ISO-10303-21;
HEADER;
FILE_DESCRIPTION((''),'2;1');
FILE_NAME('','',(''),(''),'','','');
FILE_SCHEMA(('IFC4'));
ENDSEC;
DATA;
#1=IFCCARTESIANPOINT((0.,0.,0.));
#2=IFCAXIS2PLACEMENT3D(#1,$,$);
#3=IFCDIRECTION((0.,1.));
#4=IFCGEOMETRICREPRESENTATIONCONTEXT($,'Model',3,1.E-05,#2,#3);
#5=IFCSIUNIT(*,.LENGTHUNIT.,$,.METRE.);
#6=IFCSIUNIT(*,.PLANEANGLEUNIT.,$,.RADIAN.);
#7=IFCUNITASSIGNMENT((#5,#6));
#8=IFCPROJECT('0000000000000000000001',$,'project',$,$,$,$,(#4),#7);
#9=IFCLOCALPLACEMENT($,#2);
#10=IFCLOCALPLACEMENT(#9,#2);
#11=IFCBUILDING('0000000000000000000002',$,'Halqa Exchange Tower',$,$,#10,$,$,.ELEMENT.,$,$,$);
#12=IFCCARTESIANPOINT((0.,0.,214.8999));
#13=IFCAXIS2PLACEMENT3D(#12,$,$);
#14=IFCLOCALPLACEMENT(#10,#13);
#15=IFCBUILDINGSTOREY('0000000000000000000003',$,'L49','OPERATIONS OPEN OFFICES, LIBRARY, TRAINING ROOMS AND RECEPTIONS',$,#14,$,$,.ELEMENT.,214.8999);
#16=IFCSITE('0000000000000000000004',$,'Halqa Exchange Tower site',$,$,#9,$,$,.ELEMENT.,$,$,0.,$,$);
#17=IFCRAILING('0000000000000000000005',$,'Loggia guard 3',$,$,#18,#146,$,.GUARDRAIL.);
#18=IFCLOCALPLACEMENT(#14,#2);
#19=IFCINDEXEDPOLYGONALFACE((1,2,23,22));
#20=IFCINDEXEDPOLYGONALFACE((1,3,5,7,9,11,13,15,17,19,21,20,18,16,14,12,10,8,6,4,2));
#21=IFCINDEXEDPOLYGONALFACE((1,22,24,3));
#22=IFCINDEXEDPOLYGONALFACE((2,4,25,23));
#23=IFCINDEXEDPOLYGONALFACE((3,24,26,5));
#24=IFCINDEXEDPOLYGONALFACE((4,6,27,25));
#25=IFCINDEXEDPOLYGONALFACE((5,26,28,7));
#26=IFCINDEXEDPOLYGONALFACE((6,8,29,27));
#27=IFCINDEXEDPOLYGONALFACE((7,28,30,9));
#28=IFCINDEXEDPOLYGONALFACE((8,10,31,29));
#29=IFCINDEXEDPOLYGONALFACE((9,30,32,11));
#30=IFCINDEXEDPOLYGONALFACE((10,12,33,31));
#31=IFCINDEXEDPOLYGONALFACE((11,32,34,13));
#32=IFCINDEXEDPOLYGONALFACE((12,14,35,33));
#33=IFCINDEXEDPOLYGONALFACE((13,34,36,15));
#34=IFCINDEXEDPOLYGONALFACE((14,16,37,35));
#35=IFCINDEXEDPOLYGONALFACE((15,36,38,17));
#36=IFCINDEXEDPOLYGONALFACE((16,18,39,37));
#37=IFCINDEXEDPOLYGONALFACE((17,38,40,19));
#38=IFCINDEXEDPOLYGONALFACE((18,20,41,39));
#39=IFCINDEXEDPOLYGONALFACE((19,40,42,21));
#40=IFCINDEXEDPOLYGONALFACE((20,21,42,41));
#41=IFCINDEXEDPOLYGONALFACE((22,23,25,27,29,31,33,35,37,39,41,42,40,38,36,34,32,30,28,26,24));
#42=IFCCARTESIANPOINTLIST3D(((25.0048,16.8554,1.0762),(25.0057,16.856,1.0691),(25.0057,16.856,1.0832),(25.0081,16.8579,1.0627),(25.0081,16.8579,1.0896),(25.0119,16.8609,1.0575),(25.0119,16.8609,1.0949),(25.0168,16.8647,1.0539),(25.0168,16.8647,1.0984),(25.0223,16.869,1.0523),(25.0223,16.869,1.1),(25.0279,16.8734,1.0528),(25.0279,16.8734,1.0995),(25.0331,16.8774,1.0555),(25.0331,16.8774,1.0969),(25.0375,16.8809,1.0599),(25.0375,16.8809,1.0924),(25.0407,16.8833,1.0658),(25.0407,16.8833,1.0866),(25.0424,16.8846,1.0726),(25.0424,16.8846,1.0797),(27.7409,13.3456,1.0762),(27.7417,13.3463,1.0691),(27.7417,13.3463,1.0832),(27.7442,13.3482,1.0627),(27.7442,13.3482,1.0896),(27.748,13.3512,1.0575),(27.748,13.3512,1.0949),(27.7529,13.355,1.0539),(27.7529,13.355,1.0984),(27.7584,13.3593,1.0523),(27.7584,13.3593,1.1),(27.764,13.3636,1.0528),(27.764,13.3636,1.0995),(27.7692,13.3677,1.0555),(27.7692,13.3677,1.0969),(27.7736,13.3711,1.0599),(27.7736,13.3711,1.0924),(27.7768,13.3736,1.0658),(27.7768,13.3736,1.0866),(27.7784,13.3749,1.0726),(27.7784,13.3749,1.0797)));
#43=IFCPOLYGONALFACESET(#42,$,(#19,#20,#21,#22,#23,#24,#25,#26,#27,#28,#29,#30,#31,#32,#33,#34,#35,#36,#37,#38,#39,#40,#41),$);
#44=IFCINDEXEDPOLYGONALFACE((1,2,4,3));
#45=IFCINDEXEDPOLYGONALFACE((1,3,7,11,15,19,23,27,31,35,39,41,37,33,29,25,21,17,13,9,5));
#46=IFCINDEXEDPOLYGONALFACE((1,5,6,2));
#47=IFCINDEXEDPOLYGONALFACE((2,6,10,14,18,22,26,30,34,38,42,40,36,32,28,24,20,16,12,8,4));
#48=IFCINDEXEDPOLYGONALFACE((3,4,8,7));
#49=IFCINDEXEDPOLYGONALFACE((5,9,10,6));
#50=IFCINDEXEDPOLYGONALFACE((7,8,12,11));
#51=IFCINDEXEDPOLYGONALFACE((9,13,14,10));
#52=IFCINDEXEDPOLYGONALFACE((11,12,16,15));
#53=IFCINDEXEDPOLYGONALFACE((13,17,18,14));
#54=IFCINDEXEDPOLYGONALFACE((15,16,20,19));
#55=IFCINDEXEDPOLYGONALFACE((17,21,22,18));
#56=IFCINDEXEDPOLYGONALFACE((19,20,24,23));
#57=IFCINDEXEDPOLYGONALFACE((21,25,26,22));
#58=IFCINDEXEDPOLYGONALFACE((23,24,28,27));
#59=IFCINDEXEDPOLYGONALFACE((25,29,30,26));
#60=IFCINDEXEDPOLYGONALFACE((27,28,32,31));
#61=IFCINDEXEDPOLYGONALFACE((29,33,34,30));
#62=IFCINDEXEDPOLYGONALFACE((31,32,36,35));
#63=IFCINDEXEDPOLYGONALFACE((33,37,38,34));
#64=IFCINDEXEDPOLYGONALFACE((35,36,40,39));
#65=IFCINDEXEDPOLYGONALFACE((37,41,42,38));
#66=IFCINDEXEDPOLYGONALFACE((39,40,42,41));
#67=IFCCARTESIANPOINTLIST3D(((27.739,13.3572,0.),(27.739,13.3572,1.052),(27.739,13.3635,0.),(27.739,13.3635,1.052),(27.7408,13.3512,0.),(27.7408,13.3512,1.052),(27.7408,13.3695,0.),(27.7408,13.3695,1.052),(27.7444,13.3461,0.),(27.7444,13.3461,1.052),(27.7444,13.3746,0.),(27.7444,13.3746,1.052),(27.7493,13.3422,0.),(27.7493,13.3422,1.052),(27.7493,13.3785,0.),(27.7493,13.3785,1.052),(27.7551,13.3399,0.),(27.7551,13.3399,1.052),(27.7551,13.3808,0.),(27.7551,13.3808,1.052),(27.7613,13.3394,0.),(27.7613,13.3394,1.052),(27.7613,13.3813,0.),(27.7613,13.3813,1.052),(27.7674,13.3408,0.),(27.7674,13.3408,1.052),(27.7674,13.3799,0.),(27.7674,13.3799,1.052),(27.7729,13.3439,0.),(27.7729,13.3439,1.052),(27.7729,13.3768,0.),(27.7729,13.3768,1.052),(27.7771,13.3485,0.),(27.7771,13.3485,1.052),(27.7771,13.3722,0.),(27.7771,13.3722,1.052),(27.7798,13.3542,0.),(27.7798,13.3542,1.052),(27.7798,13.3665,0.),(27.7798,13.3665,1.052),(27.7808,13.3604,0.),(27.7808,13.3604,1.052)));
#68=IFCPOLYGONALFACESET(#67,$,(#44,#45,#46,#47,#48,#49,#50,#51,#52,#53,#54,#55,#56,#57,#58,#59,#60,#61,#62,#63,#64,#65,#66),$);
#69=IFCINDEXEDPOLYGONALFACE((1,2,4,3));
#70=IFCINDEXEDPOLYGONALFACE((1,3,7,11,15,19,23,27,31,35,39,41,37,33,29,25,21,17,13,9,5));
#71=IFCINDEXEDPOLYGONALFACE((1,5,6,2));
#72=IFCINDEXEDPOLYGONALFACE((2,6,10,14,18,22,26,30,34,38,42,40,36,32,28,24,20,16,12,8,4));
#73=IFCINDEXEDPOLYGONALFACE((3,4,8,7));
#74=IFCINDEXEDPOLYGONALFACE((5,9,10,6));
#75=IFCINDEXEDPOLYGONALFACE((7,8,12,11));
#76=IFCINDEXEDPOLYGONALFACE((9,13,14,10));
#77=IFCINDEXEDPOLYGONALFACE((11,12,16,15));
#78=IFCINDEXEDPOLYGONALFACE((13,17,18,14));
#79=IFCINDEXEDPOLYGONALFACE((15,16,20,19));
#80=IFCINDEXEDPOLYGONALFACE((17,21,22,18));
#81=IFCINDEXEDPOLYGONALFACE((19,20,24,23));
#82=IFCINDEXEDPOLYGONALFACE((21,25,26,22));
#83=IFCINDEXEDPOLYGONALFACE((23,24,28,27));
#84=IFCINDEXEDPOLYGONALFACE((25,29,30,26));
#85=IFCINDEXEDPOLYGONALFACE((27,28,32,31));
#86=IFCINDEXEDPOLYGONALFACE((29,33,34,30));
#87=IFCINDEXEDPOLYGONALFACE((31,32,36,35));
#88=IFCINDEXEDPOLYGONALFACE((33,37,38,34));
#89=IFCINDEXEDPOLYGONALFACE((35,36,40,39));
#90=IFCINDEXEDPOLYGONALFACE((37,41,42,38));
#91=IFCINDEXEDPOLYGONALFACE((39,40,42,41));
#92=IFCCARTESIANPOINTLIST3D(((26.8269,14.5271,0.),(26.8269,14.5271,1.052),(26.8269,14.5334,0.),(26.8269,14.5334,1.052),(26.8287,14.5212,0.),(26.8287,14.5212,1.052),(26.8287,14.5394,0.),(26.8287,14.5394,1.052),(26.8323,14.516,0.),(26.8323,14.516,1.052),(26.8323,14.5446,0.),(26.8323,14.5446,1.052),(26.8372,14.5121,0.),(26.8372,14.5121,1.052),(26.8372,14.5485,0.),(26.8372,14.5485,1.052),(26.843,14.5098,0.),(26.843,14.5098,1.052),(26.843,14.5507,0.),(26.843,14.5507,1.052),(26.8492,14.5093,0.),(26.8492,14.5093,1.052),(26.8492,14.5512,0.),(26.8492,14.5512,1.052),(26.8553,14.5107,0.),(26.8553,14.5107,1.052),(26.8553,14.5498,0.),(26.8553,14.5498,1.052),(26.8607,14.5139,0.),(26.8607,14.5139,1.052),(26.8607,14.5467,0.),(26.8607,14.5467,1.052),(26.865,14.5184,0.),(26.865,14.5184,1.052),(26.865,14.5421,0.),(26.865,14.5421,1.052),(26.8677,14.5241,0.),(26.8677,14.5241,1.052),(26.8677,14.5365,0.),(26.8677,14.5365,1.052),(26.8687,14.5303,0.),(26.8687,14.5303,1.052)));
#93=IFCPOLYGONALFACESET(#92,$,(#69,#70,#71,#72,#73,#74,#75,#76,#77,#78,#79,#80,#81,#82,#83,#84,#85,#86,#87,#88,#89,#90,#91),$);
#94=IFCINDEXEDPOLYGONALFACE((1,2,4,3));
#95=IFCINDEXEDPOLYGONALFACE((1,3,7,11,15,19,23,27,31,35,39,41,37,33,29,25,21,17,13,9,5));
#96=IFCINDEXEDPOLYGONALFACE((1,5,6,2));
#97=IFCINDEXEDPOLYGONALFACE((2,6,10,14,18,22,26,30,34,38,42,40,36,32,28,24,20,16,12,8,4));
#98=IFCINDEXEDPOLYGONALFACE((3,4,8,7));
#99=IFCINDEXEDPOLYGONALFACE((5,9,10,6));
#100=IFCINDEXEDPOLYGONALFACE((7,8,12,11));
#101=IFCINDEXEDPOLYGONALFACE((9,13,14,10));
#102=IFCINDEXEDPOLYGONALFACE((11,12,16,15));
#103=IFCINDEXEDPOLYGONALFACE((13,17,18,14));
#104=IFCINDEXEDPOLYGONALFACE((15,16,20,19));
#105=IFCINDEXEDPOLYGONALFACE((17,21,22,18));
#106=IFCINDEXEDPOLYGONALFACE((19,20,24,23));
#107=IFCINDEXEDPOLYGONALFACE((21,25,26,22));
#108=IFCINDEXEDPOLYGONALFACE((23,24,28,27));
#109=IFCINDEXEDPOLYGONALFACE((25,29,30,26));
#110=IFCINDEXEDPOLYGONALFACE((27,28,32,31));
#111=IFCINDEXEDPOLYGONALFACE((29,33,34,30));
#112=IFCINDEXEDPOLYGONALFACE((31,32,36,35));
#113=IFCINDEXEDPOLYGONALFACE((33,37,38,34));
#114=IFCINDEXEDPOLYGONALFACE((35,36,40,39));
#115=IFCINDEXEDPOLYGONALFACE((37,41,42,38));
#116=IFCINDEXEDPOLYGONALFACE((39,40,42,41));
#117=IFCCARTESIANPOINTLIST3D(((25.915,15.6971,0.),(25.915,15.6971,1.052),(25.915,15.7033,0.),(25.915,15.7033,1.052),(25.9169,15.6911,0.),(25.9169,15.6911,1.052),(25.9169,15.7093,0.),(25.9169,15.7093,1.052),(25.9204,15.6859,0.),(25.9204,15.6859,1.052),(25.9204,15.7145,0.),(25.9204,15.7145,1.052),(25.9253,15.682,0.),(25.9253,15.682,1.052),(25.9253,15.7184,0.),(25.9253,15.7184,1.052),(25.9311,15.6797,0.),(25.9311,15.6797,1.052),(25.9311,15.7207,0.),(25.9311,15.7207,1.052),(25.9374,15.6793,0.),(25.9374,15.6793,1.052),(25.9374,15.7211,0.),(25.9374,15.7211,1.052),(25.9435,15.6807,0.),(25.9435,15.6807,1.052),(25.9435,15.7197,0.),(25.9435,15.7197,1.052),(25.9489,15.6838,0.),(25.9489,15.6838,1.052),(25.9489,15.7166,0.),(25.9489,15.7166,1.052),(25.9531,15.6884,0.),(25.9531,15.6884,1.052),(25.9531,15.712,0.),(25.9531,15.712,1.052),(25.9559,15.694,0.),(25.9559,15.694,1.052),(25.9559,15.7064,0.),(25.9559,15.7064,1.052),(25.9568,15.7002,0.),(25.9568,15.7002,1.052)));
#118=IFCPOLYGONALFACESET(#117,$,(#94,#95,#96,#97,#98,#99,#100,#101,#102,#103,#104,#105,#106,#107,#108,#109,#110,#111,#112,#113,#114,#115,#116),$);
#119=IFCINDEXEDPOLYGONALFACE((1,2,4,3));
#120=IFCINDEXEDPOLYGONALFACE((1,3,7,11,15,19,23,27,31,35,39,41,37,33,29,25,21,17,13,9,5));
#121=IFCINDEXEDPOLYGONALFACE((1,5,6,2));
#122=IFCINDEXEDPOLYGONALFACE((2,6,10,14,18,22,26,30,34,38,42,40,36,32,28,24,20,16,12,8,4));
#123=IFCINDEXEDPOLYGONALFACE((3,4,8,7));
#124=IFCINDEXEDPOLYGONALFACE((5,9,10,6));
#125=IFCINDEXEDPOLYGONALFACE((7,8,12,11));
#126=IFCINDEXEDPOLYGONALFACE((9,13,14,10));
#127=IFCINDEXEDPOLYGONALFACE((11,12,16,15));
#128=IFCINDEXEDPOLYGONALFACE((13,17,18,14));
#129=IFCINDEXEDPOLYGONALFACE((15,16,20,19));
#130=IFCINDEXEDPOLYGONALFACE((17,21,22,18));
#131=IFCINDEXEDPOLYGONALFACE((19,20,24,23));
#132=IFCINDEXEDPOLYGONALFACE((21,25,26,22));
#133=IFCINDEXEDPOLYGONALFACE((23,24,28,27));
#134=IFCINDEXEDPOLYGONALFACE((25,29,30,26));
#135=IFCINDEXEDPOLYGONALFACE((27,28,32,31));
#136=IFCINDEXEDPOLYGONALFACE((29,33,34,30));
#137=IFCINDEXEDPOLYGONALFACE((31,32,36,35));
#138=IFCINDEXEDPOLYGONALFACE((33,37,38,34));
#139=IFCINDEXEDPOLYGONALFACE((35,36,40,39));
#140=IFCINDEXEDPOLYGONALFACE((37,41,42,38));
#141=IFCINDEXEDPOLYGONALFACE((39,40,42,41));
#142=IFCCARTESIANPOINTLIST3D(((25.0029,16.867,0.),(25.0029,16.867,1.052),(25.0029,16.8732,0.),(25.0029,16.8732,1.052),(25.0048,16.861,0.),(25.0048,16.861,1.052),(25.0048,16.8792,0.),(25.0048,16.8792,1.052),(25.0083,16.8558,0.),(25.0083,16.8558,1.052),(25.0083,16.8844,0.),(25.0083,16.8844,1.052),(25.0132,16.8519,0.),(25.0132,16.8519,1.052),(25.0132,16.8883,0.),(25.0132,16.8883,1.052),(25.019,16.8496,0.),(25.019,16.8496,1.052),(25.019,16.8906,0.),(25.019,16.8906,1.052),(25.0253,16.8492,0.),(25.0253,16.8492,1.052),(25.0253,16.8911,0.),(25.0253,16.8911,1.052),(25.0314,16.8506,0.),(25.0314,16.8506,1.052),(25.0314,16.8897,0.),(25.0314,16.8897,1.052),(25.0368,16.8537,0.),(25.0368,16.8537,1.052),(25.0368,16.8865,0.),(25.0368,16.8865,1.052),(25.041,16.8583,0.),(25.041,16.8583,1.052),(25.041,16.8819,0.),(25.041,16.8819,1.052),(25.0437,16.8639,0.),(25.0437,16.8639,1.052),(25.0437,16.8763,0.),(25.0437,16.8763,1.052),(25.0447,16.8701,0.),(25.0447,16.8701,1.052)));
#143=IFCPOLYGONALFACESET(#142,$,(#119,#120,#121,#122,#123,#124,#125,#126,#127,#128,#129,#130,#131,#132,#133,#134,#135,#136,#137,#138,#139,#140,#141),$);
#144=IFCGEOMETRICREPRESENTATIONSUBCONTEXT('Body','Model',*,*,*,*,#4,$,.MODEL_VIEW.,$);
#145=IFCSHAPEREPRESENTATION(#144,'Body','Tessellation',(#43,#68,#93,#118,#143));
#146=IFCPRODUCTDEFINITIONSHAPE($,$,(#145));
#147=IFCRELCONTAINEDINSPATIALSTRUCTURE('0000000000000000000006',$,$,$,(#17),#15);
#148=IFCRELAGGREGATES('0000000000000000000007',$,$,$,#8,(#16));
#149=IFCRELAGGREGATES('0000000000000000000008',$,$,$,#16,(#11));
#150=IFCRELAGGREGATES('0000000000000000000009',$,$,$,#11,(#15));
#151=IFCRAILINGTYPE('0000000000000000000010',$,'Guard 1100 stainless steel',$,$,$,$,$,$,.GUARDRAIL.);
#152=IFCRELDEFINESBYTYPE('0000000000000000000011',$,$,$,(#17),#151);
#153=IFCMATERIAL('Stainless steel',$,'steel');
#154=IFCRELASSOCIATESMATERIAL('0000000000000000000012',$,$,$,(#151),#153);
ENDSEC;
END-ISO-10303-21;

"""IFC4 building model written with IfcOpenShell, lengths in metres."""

from ifc_helpers import new_model, si_unit, direction, frame, origin, origin_2d, place, context, subcontext, project, spatial, circle, extrude, material, type_object, element, save


model = new_model("IFC4")

# Units and contexts
model_context = context("Model", 3, precision=1e-05, world=origin(), true_north=direction((0.0, 1.0)))
body_context = subcontext(model_context, "Body", "Model", "MODEL_VIEW")
ifc_project = project(units=[si_unit("LENGTHUNIT", "METRE"), si_unit("PLANEANGLEUNIT", "RADIAN")], contexts=[model_context])

# Site, building, storey
site_placement = place(None, origin())
site = spatial("IfcSite", under=ifc_project, at=site_placement, Name="Halqa Exchange Tower site", CompositionType="ELEMENT", RefElevation=0.0)
building_placement = place(site_placement, origin())
building = spatial("IfcBuilding", under=site, at=building_placement, Name="Halqa Exchange Tower", CompositionType="ELEMENT")
storey_placement = place(building_placement, frame((0.0, 0.0, 214.8999)))
storey = spatial("IfcBuildingStorey", under=building, at=storey_placement, Name="L49", Description="OPERATIONS OPEN OFFICES, LIBRARY, TRAINING ROOMS AND RECEPTIONS", CompositionType="ELEMENT", Elevation=214.8999)

# Railing
ifc_material_1 = material(Name="Stainless steel", Category="steel")
railing_type = type_object("IfcRailingType", Name="Guard 1100 stainless steel", PredefinedType="GUARDRAIL", material=ifc_material_1)
railing_1_placement = place(storey_placement, frame((27.7598, 13.3604, 0.0)))
element("IfcRailing", 1, at=railing_1_placement, inside=storey, type_object=railing_type, Name="Loggia guard 3", PredefinedType="GUARDRAIL", context=body_context, shape_type="SweptSolid", body=[
    extrude(circle(Radius=0.0239, at=origin_2d()), frame((0.0, 0.0, 1.0762), z_axis=(-0.614818, 0.788669, 0.0), x_axis=(-0.788669, -0.614818, 0.0)), (0.0, 0.0, 1.0), 4.4502),
    extrude(circle(Radius=0.021, at=origin_2d()), origin(), (0.0, 0.0, 1.0), 1.052),
    extrude(circle(Radius=0.021, at=origin_2d()), frame((-0.9121, 1.1699, 0.0)), (0.0, 0.0, 1.0), 1.052),
    extrude(circle(Radius=0.021, at=origin_2d()), frame((-1.824, 2.3398, 0.0)), (0.0, 0.0, 1.0), 1.052),
    extrude(circle(Radius=0.021, at=origin_2d()), frame((-2.7361, 3.5098, 0.0)), (0.0, 0.0, 1.0), 1.052),
])

save(model, "model.ifc")
